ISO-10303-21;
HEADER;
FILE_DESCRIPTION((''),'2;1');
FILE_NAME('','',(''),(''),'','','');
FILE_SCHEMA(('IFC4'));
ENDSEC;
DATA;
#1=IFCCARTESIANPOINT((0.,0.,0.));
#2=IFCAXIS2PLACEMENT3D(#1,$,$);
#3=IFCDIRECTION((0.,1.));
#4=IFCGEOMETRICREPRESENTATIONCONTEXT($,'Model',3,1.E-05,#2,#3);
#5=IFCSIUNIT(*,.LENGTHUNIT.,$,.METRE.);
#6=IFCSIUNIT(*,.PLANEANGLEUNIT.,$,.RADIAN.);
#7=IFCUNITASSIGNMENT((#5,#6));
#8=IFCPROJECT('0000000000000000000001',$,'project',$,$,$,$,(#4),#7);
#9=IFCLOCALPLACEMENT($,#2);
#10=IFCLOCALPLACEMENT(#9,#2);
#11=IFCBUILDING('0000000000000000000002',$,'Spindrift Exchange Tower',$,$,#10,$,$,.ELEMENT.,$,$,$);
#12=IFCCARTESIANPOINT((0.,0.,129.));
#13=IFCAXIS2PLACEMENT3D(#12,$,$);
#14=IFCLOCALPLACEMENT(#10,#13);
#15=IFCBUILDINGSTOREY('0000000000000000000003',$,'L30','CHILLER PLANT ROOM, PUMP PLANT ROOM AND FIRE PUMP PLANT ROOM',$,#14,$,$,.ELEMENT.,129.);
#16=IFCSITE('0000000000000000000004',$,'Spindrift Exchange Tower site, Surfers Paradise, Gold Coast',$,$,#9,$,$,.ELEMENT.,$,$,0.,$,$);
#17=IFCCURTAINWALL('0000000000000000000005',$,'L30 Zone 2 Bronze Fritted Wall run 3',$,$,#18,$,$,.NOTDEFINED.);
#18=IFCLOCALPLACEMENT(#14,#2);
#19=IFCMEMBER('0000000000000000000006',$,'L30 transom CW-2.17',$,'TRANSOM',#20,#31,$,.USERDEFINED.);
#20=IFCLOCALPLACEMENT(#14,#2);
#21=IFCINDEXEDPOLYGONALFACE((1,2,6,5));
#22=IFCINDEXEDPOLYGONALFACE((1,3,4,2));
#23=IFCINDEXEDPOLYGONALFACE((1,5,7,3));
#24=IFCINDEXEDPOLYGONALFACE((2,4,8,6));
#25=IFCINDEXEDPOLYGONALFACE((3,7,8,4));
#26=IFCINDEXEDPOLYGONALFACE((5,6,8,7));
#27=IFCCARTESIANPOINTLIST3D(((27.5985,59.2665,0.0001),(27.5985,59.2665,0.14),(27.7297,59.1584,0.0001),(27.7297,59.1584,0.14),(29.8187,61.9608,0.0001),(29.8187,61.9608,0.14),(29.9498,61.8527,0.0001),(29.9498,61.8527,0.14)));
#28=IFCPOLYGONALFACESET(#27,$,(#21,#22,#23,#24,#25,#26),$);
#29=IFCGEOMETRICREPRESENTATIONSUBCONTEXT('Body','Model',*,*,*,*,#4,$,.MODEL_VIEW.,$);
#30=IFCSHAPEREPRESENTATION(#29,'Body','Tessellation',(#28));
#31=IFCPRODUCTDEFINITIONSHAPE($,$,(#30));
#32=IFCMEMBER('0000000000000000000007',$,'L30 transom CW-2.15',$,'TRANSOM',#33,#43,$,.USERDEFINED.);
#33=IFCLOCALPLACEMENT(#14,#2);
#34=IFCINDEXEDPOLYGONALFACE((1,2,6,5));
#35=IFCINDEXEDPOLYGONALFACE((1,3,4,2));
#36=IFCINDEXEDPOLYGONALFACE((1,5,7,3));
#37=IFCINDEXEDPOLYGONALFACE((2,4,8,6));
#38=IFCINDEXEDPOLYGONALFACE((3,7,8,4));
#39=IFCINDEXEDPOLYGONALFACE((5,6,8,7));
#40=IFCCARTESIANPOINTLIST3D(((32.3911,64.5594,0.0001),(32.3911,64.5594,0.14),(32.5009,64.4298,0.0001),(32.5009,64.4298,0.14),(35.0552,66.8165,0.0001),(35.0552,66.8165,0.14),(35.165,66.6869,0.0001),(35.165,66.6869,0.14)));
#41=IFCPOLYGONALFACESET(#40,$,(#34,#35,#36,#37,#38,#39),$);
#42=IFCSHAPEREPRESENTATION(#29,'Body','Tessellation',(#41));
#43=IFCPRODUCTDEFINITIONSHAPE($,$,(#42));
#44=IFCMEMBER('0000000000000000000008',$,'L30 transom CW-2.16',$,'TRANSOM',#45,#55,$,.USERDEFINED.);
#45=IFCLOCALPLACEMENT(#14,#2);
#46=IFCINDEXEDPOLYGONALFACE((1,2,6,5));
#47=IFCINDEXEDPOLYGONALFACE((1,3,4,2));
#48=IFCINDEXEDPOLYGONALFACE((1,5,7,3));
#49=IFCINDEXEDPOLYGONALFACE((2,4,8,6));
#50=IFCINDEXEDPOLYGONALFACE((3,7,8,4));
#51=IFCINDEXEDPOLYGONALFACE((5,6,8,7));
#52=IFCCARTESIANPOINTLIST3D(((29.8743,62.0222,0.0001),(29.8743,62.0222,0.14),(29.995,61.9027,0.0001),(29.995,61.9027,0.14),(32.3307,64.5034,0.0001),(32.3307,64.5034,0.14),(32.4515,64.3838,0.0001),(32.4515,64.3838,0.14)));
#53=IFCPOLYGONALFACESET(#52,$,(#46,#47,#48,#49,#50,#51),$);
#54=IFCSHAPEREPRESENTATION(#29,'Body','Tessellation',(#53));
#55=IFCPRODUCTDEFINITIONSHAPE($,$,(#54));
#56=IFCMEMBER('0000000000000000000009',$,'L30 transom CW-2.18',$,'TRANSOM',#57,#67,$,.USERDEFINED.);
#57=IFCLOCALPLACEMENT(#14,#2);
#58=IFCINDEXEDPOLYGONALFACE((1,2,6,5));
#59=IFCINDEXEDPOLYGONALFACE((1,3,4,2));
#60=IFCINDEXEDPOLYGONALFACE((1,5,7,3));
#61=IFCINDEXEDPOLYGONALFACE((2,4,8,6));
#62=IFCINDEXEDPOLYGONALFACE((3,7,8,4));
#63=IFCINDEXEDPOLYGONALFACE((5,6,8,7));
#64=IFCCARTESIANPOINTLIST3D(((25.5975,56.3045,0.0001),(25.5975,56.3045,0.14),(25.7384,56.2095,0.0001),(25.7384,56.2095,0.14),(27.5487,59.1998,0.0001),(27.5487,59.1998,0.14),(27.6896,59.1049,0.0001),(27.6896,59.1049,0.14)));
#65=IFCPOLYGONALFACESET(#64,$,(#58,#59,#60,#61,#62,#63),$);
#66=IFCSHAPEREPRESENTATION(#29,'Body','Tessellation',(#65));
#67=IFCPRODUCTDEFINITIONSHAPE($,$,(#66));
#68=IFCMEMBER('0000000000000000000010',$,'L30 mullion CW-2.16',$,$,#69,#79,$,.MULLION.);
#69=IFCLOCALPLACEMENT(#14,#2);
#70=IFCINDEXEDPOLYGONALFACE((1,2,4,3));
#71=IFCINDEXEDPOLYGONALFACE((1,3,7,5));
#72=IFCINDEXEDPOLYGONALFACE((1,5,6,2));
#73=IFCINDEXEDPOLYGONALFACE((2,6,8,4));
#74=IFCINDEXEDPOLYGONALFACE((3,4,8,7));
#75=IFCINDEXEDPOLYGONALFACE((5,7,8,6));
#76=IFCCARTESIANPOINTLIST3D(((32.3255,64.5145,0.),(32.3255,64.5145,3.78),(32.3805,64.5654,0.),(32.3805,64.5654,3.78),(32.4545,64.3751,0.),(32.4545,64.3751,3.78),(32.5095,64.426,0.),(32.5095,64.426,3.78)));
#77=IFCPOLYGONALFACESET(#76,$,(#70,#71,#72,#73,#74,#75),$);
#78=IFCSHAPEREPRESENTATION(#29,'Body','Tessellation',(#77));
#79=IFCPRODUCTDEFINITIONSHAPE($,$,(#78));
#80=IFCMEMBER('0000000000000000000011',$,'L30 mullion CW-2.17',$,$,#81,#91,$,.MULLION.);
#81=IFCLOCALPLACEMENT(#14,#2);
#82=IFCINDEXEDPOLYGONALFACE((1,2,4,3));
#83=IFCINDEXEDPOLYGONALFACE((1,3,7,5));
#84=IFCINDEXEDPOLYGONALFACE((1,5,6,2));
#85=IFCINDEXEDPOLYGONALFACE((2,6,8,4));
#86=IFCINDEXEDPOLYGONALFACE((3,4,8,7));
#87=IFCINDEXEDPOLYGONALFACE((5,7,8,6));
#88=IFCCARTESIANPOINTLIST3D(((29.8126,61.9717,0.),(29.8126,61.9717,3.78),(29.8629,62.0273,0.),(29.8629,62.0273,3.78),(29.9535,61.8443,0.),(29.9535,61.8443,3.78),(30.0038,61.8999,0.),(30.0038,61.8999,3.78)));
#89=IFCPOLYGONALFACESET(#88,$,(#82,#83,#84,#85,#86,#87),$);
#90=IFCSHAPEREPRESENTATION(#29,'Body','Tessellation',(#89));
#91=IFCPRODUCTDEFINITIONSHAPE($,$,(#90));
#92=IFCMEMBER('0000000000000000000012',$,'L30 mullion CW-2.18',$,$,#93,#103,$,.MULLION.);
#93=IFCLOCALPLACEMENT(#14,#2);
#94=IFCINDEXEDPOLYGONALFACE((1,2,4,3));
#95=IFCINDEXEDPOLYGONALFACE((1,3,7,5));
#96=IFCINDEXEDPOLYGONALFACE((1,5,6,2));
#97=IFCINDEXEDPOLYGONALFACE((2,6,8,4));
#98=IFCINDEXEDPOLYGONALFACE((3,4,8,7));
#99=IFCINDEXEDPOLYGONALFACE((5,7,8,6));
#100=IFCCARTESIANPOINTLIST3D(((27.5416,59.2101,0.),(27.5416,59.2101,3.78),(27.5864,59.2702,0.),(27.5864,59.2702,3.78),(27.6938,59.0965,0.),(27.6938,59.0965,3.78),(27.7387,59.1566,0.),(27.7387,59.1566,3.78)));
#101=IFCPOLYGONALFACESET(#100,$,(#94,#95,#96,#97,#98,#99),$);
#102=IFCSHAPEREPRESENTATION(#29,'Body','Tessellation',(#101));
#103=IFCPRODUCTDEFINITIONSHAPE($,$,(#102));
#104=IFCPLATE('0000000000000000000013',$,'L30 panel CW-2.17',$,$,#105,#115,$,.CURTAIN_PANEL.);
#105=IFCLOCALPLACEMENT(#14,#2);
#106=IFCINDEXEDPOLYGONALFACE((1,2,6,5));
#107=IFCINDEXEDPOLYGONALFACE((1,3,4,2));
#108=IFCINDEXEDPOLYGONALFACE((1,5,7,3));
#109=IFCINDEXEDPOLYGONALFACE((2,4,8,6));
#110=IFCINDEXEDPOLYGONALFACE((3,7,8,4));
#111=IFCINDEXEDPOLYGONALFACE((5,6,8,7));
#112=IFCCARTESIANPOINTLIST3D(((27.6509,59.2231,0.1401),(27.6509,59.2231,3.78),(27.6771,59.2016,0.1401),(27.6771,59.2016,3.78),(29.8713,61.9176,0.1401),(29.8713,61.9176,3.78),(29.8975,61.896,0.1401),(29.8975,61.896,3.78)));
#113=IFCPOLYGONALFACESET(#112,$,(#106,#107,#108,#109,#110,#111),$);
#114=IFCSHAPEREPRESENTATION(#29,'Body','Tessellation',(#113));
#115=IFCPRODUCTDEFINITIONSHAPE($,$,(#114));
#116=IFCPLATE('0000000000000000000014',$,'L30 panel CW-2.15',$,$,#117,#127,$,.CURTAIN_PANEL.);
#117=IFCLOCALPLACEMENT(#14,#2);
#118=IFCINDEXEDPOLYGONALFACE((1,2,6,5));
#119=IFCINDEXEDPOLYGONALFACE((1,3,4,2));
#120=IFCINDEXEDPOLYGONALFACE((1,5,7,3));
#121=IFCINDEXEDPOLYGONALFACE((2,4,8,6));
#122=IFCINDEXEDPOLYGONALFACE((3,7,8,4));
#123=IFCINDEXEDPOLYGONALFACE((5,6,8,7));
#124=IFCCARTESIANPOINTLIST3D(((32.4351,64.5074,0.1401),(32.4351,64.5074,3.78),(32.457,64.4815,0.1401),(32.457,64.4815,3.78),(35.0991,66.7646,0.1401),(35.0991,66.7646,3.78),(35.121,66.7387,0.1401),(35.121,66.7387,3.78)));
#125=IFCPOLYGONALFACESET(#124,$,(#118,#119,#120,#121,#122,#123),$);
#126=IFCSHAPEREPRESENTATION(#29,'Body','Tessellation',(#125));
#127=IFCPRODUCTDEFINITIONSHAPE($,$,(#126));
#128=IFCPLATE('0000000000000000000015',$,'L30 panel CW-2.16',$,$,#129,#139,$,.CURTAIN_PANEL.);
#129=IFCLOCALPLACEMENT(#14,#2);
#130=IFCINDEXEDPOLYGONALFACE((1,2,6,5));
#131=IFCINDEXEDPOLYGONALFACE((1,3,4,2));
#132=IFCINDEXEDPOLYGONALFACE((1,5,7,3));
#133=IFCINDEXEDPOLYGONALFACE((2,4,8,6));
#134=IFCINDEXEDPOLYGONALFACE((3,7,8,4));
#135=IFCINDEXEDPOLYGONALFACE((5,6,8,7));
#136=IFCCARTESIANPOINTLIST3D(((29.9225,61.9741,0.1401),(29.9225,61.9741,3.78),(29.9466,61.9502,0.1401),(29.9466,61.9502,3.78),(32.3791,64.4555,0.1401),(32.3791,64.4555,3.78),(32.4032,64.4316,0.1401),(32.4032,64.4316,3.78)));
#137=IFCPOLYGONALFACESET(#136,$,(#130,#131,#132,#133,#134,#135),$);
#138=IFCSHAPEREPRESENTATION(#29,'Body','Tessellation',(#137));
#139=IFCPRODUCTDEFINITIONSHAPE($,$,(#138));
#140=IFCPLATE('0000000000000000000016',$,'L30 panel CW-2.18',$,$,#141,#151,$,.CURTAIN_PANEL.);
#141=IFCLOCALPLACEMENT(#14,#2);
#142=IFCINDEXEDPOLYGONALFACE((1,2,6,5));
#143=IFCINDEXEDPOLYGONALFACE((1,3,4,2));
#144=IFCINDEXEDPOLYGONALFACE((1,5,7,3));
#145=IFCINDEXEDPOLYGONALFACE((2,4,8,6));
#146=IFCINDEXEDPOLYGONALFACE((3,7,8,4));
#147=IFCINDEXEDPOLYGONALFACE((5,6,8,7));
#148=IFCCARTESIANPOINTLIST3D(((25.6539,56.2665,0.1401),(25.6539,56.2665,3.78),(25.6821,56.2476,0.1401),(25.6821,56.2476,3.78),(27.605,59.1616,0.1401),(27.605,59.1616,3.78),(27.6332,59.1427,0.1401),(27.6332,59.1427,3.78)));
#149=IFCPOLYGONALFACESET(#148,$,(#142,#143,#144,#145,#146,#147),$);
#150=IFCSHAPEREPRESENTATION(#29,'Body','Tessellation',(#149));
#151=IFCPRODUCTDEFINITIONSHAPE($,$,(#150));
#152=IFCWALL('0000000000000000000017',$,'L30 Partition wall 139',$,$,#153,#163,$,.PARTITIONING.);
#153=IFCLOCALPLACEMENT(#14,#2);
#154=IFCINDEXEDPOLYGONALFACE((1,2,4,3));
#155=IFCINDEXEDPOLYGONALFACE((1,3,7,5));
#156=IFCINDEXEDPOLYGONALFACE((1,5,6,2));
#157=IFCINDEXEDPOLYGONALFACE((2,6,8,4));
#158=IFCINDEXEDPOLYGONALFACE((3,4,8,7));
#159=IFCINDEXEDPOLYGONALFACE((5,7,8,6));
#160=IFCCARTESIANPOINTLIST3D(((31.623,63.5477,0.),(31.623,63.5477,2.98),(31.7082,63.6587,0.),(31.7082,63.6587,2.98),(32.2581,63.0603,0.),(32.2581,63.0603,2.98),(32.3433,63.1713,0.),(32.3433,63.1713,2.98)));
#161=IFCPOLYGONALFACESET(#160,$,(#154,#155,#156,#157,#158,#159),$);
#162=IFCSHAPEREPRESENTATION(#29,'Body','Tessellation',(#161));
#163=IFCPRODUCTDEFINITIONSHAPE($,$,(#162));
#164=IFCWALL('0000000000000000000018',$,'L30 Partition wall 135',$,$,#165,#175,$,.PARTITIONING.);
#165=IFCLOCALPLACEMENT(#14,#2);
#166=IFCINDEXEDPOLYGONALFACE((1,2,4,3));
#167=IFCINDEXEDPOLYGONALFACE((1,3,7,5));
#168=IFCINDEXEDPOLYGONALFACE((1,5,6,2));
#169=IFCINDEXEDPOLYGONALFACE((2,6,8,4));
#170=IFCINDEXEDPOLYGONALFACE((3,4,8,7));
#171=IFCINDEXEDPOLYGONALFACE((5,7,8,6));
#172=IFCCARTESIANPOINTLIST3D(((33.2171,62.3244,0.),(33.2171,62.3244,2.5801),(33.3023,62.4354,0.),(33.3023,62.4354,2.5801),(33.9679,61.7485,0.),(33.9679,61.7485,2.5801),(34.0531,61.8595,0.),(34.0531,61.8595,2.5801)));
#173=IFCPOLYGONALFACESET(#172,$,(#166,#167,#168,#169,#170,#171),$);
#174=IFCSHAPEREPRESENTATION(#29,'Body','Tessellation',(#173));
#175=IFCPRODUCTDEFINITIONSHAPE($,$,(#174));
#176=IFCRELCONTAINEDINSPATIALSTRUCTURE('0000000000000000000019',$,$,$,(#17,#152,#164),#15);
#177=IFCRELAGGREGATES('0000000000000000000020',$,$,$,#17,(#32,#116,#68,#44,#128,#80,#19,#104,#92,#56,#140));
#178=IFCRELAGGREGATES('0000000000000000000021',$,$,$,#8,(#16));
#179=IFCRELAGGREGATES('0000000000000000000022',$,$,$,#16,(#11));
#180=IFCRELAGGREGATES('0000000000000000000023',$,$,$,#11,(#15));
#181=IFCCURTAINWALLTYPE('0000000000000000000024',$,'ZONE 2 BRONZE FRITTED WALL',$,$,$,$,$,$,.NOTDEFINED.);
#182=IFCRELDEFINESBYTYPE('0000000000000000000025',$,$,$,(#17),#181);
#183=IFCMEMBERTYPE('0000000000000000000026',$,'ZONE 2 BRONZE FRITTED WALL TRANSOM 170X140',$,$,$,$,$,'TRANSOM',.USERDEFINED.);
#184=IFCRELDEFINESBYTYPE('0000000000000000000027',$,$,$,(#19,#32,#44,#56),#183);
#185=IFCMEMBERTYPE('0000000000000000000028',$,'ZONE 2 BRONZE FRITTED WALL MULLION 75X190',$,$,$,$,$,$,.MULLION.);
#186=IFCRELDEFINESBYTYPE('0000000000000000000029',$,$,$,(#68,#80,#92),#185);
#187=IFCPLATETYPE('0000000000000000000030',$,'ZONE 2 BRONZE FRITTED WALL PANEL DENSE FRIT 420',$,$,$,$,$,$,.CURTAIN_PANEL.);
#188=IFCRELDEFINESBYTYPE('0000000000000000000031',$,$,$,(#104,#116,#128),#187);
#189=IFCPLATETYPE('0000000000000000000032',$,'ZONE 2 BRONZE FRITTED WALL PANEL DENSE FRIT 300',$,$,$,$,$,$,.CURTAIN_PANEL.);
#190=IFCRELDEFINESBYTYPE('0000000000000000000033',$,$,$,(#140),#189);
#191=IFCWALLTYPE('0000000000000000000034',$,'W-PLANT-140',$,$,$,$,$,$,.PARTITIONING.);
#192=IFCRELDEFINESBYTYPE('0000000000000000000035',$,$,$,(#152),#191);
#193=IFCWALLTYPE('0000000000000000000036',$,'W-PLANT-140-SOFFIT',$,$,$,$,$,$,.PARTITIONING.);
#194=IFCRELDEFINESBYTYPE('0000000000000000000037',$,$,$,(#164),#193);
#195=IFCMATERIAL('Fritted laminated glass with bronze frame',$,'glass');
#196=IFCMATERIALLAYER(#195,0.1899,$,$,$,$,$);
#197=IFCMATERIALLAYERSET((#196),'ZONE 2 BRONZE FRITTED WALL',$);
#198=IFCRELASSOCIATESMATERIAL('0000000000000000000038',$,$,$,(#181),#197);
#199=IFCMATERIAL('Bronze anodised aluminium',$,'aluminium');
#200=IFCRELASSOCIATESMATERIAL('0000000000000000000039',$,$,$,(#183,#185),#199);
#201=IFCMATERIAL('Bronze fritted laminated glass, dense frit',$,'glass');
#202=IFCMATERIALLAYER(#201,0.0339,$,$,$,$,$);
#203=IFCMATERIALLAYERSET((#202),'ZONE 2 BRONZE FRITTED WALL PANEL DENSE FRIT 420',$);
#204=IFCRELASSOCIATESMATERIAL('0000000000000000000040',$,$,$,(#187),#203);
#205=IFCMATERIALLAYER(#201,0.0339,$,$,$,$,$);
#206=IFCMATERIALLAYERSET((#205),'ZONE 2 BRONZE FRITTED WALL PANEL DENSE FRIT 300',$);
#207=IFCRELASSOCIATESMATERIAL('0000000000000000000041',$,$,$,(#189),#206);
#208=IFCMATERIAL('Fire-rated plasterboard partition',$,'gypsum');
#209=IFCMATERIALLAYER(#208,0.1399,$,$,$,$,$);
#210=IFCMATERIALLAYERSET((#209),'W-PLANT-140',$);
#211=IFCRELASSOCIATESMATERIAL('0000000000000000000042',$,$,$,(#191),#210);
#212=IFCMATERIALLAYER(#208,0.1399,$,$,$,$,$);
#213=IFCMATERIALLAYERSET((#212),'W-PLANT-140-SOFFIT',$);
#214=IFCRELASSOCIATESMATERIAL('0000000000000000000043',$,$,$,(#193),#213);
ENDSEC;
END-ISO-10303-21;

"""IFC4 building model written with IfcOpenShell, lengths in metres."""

from ifc_helpers import new_model, si_unit, direction, frame, frame_2d, origin, origin_2d, place, context, subcontext, project, spatial, rectangle, extrude, source, transform, mapped, material, layer, layer_set, material_profile, profile_set, type_object, element, aggregate, save


model = new_model("IFC4")

# Units and contexts
model_context = context("Model", 3, precision=1e-05, world=origin(), true_north=direction((0.0, 1.0)))
body_context = subcontext(model_context, "Body", "Model", "MODEL_VIEW")
ifc_project = project(units=[si_unit("LENGTHUNIT", "METRE"), si_unit("PLANEANGLEUNIT", "RADIAN")], contexts=[model_context])

# Site, building, storey
site_placement = place(None, origin())
site = spatial("IfcSite", under=ifc_project, at=site_placement, Name="Spindrift Exchange Tower site, Surfers Paradise, Gold Coast", CompositionType="ELEMENT", RefElevation=0.0)
building_placement = place(site_placement, origin())
building = spatial("IfcBuilding", under=site, at=building_placement, Name="Spindrift Exchange Tower", CompositionType="ELEMENT")
storey_placement = place(building_placement, frame((0.0, 0.0, 129.0)))
storey = spatial("IfcBuildingStorey", under=building, at=storey_placement, Name="L30", Description="CHILLER PLANT ROOM, PUMP PLANT ROOM AND FIRE PUMP PLANT ROOM", CompositionType="ELEMENT", Elevation=129.0)

# Curtain wall, members, plates
ifc_material_1 = material(Name="Fritted laminated glass with bronze frame", Category="glass")
ifc_layer_1 = layer(ifc_material_1, 0.1899)
ifc_layer_set_1 = layer_set([ifc_layer_1], Name="ZONE 2 BRONZE FRITTED WALL")
curtain_wall_type = type_object("IfcCurtainWallType", Name="ZONE 2 BRONZE FRITTED WALL", PredefinedType="NOTDEFINED", material=ifc_layer_set_1)
curtain_wall_placement = place(storey_placement, origin())
curtain_wall = element("IfcCurtainWall", 1, at=curtain_wall_placement, inside=storey, type_object=curtain_wall_type, Name="L30 Zone 2 Bronze Fritted Wall run 3", PredefinedType="NOTDEFINED")
ifc_material_2 = material(Name="Bronze anodised aluminium", Category="aluminium")
ifc_material_profile_1 = material_profile(ifc_material_2, rectangle(XDim=0.1699, YDim=0.1399, at=origin_2d()), Name="ZONE 2 BRONZE FRITTED WALL TRANSOM 170X140")
ifc_profile_set_1 = profile_set([ifc_material_profile_1], Name="Bronze anodised aluminium")
member_type_1 = type_object("IfcMemberType", Name="ZONE 2 BRONZE FRITTED WALL TRANSOM 170X140", ElementType="TRANSOM", PredefinedType="USERDEFINED", material=ifc_profile_set_1)
shared_shape_1 = source(origin(), body_context, "Body", "SweptSolid", [
    extrude(rectangle(XDim=0.1699, YDim=0.1399, at=origin_2d()), origin(), (0.0, 0.0, 1.0), 3.4912),
])
member_1_placement = place(storey_placement, frame((29.8843, 61.9067, 0.0701), z_axis=(-0.635938, -0.77174, 0.0), x_axis=(0.77174, -0.635938, 0.0)))
member_1 = element("IfcMember", 2, at=member_1_placement, type_object=member_type_1, Name="L30 transom CW-2.17", ObjectType="TRANSOM", PredefinedType="USERDEFINED", context=body_context, shape_type="MappedRepresentation", body=[
    mapped(shared_shape_1, transform((0.0, 0.0, 0.0), scale=1.0)),
])
shared_shape_2 = source(origin(), body_context, "Body", "SweptSolid", [
    extrude(rectangle(XDim=0.1699, YDim=0.1399, at=origin_2d()), origin(), (0.0, 0.0, 1.0), 3.4917),
])
member_2_placement = place(storey_placement, frame((35.1101, 66.7517, 0.0701), z_axis=(-0.76298, -0.646422, 0.0), x_axis=(0.646422, -0.76298, 0.0)))
member_2 = element("IfcMember", 3, at=member_2_placement, type_object=member_type_1, Name="L30 transom CW-2.15", ObjectType="TRANSOM", PredefinedType="USERDEFINED", context=body_context, shape_type="MappedRepresentation", body=[
    mapped(shared_shape_2, transform((0.0, 0.0, 0.0), scale=1.0)),
])
shared_shape_3 = source(origin(), body_context, "Body", "SweptSolid", [
    extrude(rectangle(XDim=0.1699, YDim=0.1399, at=origin_2d()), origin(), (0.0, 0.0, 1.0), 3.4915),
])
member_3_placement = place(storey_placement, frame((32.3911, 64.4436, 0.0701), z_axis=(-0.703567, -0.710629, 0.0), x_axis=(0.710629, -0.703567, 0.0)))
member_3 = element("IfcMember", 4, at=member_3_placement, type_object=member_type_1, Name="L30 transom CW-2.16", ObjectType="TRANSOM", PredefinedType="USERDEFINED", context=body_context, shape_type="MappedRepresentation", body=[
    mapped(shared_shape_3, transform((0.0, 0.0, 0.0), scale=1.0)),
])
member_4_placement = place(storey_placement, frame((27.6191, 59.1523, 0.0701), z_axis=(-0.558857, -0.829264, 0.0), x_axis=(0.829264, -0.558857, 0.0)))
member_4 = element("IfcMember", 5, at=member_4_placement, type_object=member_type_1, Name="L30 transom CW-2.18", ObjectType="TRANSOM", PredefinedType="USERDEFINED", context=body_context, shape_type="MappedRepresentation", body=[
    mapped(shared_shape_3, transform((0.0, 0.0, 0.0), scale=1.0)),
])
ifc_material_profile_2 = material_profile(ifc_material_2, rectangle(XDim=0.075, YDim=0.1899, at=origin_2d()), Name="ZONE 2 BRONZE FRITTED WALL MULLION 75X190")
ifc_profile_set_2 = profile_set([ifc_material_profile_2], Name="Bronze anodised aluminium")
member_type_2 = type_object("IfcMemberType", Name="ZONE 2 BRONZE FRITTED WALL MULLION 75X190", PredefinedType="MULLION", material=ifc_profile_set_2)
shared_shape_4 = source(origin(), body_context, "Body", "SweptSolid", [
    extrude(rectangle(XDim=0.075, YDim=0.1899, at=origin_2d()), origin(), (0.0, 0.0, 1.0), 3.78),
])
member_5_placement = place(storey_placement, frame((32.4175, 64.4702, 0.0), z_axis=(0.0, 0.0, 1.0), x_axis=(-0.733946, -0.679207, 0.0)))
member_5 = element("IfcMember", 6, at=member_5_placement, type_object=member_type_2, Name="L30 mullion CW-2.16", PredefinedType="MULLION", context=body_context, shape_type="MappedRepresentation", body=[
    mapped(shared_shape_4, transform((0.0, 0.0, 0.0), scale=1.0)),
])
member_6_placement = place(storey_placement, frame((29.9082, 61.9358, 0.0), z_axis=(0.0, 0.0, 1.0), x_axis=(-0.670443, -0.741961, 0.0)))
member_6 = element("IfcMember", 7, at=member_6_placement, type_object=member_type_2, Name="L30 mullion CW-2.17", PredefinedType="MULLION", context=body_context, shape_type="MappedRepresentation", body=[
    mapped(shared_shape_4, transform((0.0, 0.0, 0.0), scale=1.0)),
])
member_7_placement = place(storey_placement, frame((27.6401, 59.1833, 0.0), z_axis=(0.0, 0.0, 1.0), x_axis=(-0.598105, -0.801418, 0.0)))
member_7 = element("IfcMember", 8, at=member_7_placement, type_object=member_type_2, Name="L30 mullion CW-2.18", PredefinedType="MULLION", context=body_context, shape_type="MappedRepresentation", body=[
    mapped(shared_shape_4, transform((0.0, 0.0, 0.0), scale=1.0)),
])
ifc_material_3 = material(Name="Bronze fritted laminated glass, dense frit", Category="glass")
ifc_layer_2 = layer(ifc_material_3, 0.0339)
ifc_layer_set_2 = layer_set([ifc_layer_2], Name="ZONE 2 BRONZE FRITTED WALL PANEL DENSE FRIT 420")
plate_type_1 = type_object("IfcPlateType", Name="ZONE 2 BRONZE FRITTED WALL PANEL DENSE FRIT 420", PredefinedType="CURTAIN_PANEL", material=ifc_layer_set_2)
shared_shape_5 = source(origin(), body_context, "Body", "SweptSolid", [
    extrude(rectangle(XDim=3.4915, YDim=0.0339, at=origin_2d()), origin(), (0.0, 0.0, 1.0), 3.6399),
])
plate_1_placement = place(storey_placement, frame((28.7742, 60.5596, 0.1401), z_axis=(0.0, 0.0, 1.0), x_axis=(-0.635958, -0.771723, 0.0)))
plate_1 = element("IfcPlate", 9, at=plate_1_placement, type_object=plate_type_1, Name="L30 panel CW-2.17", PredefinedType="CURTAIN_PANEL", context=body_context, shape_type="MappedRepresentation", body=[
    mapped(shared_shape_5, transform((0.0, 0.0, 0.0), scale=1.0)),
])
shared_shape_6 = source(origin(), body_context, "Body", "SweptSolid", [
    extrude(rectangle(XDim=3.4917, YDim=0.0339, at=origin_2d()), origin(), (0.0, 0.0, 1.0), 3.6399),
])
plate_2_placement = place(storey_placement, frame((33.7781, 65.623, 0.1401), z_axis=(0.0, 0.0, 1.0), x_axis=(-0.762952, -0.646456, 0.0)))
plate_2 = element("IfcPlate", 10, at=plate_2_placement, type_object=plate_type_1, Name="L30 panel CW-2.15", PredefinedType="CURTAIN_PANEL", context=body_context, shape_type="MappedRepresentation", body=[
    mapped(shared_shape_6, transform((0.0, 0.0, 0.0), scale=1.0)),
])
plate_3_placement = place(storey_placement, frame((31.1628, 63.2029, 0.1401), z_axis=(0.0, 0.0, 1.0), x_axis=(-0.703537, -0.710658, 0.0)))
plate_3 = element("IfcPlate", 11, at=plate_3_placement, type_object=plate_type_1, Name="L30 panel CW-2.16", PredefinedType="CURTAIN_PANEL", context=body_context, shape_type="MappedRepresentation", body=[
    mapped(shared_shape_6, transform((0.0, 0.0, 0.0), scale=1.0)),
])
ifc_layer_3 = layer(ifc_material_3, 0.0339)
ifc_layer_set_3 = layer_set([ifc_layer_3], Name="ZONE 2 BRONZE FRITTED WALL PANEL DENSE FRIT 300")
plate_type_2 = type_object("IfcPlateType", Name="ZONE 2 BRONZE FRITTED WALL PANEL DENSE FRIT 300", PredefinedType="CURTAIN_PANEL", material=ifc_layer_set_3)
shared_shape_7 = source(origin(), body_context, "Body", "SweptSolid", [
    extrude(rectangle(XDim=3.4912, YDim=0.0339, at=origin_2d()), origin(), (0.0, 0.0, 1.0), 3.6399),
])
plate_4_placement = place(storey_placement, frame((26.6436, 57.7046, 0.1401), z_axis=(0.0, 0.0, 1.0), x_axis=(-0.558867, -0.829257, 0.0)))
plate_4 = element("IfcPlate", 12, at=plate_4_placement, type_object=plate_type_2, Name="L30 panel CW-2.18", PredefinedType="CURTAIN_PANEL", context=body_context, shape_type="MappedRepresentation", body=[
    mapped(shared_shape_7, transform((0.0, 0.0, 0.0), scale=1.0)),
])
aggregate(curtain_wall, [member_2, plate_2, member_5, member_3, plate_3, member_6, member_1, plate_1, member_7, member_4, plate_4])

# Walls
ifc_material_4 = material(Name="Fire-rated plasterboard partition", Category="gypsum")
ifc_layer_4 = layer(ifc_material_4, 0.1399)
ifc_layer_set_4 = layer_set([ifc_layer_4], Name="W-PLANT-140")
wall_type_1 = type_object("IfcWallType", Name="W-PLANT-140", PredefinedType="PARTITIONING", material=ifc_layer_set_4)
wall_1_placement = place(storey_placement, frame((32.3008, 63.1157, 0.0), z_axis=(0.0, 0.0, 1.0), x_axis=(-0.793326, 0.608796, 0.0)))
element("IfcWall", 13, at=wall_1_placement, inside=storey, type_object=wall_type_1, Name="L30 Partition wall 139", PredefinedType="PARTITIONING", context=body_context, shape_type="SweptSolid", body=[
    extrude(rectangle(XDim=0.8005, YDim=0.1399, at=frame_2d((0.4004, 0.0))), origin(), (0.0, 0.0, 1.0), 2.98),
])
ifc_layer_5 = layer(ifc_material_4, 0.1399)
ifc_layer_set_5 = layer_set([ifc_layer_5], Name="W-PLANT-140-SOFFIT")
wall_type_2 = type_object("IfcWallType", Name="W-PLANT-140-SOFFIT", PredefinedType="PARTITIONING", material=ifc_layer_set_5)
wall_2_placement = place(storey_placement, frame((34.0105, 61.804, 0.0), z_axis=(0.0, 0.0, 1.0), x_axis=(-0.793419, 0.608675, 0.0)))
element("IfcWall", 14, at=wall_2_placement, inside=storey, type_object=wall_type_2, Name="L30 Partition wall 135", PredefinedType="PARTITIONING", context=body_context, shape_type="SweptSolid", body=[
    extrude(rectangle(XDim=0.9463, YDim=0.1399, at=frame_2d((0.4731, 0.0))), origin(), (0.0, 0.0, 1.0), 2.5801),
])

save(model, "model.ifc")
